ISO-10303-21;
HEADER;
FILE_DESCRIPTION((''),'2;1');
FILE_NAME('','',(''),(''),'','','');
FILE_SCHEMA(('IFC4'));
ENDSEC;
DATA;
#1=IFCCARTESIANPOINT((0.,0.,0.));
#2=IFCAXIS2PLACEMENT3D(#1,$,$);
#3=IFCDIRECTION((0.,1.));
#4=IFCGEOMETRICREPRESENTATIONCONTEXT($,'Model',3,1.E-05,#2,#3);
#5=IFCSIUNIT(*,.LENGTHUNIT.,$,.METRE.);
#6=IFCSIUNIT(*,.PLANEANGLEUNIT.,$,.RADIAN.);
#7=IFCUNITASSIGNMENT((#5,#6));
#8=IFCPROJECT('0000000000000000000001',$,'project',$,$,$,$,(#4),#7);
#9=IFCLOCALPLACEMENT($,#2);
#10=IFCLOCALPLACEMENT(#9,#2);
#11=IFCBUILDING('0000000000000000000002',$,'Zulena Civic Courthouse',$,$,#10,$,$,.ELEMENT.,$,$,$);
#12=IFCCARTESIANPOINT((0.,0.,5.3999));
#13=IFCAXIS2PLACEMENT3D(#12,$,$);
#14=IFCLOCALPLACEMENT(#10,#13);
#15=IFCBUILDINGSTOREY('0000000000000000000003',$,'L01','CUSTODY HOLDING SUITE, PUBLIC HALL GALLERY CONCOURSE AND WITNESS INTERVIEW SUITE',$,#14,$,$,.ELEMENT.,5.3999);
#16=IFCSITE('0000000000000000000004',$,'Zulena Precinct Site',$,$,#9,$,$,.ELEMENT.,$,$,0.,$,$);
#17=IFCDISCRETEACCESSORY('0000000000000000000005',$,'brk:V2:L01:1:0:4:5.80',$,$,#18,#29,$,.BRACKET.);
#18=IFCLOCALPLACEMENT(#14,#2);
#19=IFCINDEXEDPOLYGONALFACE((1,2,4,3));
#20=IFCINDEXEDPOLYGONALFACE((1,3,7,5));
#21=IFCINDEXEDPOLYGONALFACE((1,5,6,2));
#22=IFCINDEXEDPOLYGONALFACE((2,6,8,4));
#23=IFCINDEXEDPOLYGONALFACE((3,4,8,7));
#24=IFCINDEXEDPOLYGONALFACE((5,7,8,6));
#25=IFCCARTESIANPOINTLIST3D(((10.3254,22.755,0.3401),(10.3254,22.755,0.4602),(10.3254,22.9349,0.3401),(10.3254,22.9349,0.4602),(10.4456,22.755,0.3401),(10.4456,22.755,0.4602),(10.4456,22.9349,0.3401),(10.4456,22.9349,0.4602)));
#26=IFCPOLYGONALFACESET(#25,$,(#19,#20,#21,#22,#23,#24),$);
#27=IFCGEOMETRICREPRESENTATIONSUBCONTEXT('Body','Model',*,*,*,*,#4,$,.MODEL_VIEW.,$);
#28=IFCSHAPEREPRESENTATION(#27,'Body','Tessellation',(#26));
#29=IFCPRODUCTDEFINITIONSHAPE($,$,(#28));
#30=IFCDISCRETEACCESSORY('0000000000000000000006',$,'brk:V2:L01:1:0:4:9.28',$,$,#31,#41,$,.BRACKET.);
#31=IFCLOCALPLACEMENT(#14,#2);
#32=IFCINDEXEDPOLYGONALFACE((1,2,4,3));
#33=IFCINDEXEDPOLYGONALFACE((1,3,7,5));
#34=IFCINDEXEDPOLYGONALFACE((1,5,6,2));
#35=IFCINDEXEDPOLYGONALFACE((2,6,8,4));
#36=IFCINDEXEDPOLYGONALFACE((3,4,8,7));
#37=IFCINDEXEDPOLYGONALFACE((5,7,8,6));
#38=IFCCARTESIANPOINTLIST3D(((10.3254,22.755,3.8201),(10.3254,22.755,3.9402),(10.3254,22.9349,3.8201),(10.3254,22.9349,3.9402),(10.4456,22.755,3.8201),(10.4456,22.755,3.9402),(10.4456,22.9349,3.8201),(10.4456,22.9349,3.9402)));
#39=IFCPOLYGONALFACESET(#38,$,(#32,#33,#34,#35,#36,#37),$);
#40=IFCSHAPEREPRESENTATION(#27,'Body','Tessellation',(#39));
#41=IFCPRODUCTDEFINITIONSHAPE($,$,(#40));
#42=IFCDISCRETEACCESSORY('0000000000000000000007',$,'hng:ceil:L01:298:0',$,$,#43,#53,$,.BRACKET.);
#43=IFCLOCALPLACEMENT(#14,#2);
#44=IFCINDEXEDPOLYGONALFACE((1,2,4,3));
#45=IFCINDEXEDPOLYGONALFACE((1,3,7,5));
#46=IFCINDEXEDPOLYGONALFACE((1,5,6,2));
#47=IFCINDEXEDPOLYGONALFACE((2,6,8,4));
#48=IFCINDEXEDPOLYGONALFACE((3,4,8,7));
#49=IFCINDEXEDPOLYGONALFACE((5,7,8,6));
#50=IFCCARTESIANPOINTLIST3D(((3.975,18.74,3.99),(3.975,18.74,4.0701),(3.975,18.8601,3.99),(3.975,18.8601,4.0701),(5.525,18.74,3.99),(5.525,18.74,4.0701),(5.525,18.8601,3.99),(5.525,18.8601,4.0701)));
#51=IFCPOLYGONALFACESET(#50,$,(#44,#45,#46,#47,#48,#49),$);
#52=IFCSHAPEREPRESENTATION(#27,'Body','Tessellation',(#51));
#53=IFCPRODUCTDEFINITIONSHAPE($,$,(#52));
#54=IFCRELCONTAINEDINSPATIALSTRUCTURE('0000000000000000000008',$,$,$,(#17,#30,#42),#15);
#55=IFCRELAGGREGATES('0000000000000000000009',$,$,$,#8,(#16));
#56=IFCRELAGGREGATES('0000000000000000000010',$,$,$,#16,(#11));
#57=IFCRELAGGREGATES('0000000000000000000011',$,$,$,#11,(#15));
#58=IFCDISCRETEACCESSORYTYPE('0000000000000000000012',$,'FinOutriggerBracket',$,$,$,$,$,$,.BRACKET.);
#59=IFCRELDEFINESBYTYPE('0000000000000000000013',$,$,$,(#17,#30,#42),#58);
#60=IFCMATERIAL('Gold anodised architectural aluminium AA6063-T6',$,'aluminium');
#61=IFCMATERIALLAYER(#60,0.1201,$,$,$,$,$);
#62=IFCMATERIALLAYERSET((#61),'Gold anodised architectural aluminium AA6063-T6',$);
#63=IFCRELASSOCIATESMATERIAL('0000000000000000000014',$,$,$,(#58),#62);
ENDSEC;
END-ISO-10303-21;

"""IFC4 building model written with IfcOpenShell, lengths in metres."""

from ifc_helpers import new_model, si_unit, direction, frame, origin, origin_2d, place, context, subcontext, project, spatial, rectangle, extrude, material, layer, layer_set, type_object, element, save


model = new_model("IFC4")

# Units and contexts
model_context = context("Model", 3, precision=1e-05, world=origin(), true_north=direction((0.0, 1.0)))
body_context = subcontext(model_context, "Body", "Model", "MODEL_VIEW")
ifc_project = project(units=[si_unit("LENGTHUNIT", "METRE"), si_unit("PLANEANGLEUNIT", "RADIAN")], contexts=[model_context])

# Site, building, storey
site_placement = place(None, origin())
site = spatial("IfcSite", under=ifc_project, at=site_placement, Name="Zulena Precinct Site", CompositionType="ELEMENT", RefElevation=0.0)
building_placement = place(site_placement, origin())
building = spatial("IfcBuilding", under=site, at=building_placement, Name="Zulena Civic Courthouse", CompositionType="ELEMENT")
storey_placement = place(building_placement, frame((0.0, 0.0, 5.3999)))
storey = spatial("IfcBuildingStorey", under=building, at=storey_placement, Name="L01", Description="CUSTODY HOLDING SUITE, PUBLIC HALL GALLERY CONCOURSE AND WITNESS INTERVIEW SUITE", CompositionType="ELEMENT", Elevation=5.3999)

# Discrete accessories
ifc_material_1 = material(Name="Gold anodised architectural aluminium AA6063-T6", Category="aluminium")
ifc_layer_1 = layer(ifc_material_1, 0.1201)
ifc_layer_set_1 = layer_set([ifc_layer_1], Name="Gold anodised architectural aluminium AA6063-T6")
discrete_accessory_type = type_object("IfcDiscreteAccessoryType", Name="FinOutriggerBracket", PredefinedType="BRACKET", material=ifc_layer_set_1)
for number, where, z_axis, x_axis, name in (
    (1, (10.3855, 22.845, 0.3401), (0.0, 0.0, 1.0), (0.0, 1.0, 0.0), "brk:V2:L01:1:0:4:5.80"),
    (2, (10.3855, 22.845, 3.8201), (0.0, 0.0, 1.0), (0.0, 1.0, 0.0), "brk:V2:L01:1:0:4:9.28"),
):
    element("IfcDiscreteAccessory", number, at=place(storey_placement, frame(where, z_axis=z_axis, x_axis=x_axis)), inside=storey, type_object=discrete_accessory_type, Name=name, PredefinedType="BRACKET", context=body_context, shape_type="SweptSolid", body=[
        extrude(rectangle(XDim=0.1799, YDim=0.1201, at=origin_2d()), origin(), (0.0, 0.0, 1.0), 0.1201),
    ])
discrete_accessory_placement = place(storey_placement, frame((4.75, 18.8, 3.99), z_axis=(0.0, 0.0, 1.0), x_axis=(1.0, 0.0, 0.0)))
element("IfcDiscreteAccessory", 3, at=discrete_accessory_placement, inside=storey, type_object=discrete_accessory_type, Name="hng:ceil:L01:298:0", PredefinedType="BRACKET", context=body_context, shape_type="SweptSolid", body=[
    extrude(rectangle(XDim=1.55, YDim=0.1201, at=origin_2d()), origin(), (0.0, 0.0, 1.0), 0.0801),
])

save(model, "model.ifc")
